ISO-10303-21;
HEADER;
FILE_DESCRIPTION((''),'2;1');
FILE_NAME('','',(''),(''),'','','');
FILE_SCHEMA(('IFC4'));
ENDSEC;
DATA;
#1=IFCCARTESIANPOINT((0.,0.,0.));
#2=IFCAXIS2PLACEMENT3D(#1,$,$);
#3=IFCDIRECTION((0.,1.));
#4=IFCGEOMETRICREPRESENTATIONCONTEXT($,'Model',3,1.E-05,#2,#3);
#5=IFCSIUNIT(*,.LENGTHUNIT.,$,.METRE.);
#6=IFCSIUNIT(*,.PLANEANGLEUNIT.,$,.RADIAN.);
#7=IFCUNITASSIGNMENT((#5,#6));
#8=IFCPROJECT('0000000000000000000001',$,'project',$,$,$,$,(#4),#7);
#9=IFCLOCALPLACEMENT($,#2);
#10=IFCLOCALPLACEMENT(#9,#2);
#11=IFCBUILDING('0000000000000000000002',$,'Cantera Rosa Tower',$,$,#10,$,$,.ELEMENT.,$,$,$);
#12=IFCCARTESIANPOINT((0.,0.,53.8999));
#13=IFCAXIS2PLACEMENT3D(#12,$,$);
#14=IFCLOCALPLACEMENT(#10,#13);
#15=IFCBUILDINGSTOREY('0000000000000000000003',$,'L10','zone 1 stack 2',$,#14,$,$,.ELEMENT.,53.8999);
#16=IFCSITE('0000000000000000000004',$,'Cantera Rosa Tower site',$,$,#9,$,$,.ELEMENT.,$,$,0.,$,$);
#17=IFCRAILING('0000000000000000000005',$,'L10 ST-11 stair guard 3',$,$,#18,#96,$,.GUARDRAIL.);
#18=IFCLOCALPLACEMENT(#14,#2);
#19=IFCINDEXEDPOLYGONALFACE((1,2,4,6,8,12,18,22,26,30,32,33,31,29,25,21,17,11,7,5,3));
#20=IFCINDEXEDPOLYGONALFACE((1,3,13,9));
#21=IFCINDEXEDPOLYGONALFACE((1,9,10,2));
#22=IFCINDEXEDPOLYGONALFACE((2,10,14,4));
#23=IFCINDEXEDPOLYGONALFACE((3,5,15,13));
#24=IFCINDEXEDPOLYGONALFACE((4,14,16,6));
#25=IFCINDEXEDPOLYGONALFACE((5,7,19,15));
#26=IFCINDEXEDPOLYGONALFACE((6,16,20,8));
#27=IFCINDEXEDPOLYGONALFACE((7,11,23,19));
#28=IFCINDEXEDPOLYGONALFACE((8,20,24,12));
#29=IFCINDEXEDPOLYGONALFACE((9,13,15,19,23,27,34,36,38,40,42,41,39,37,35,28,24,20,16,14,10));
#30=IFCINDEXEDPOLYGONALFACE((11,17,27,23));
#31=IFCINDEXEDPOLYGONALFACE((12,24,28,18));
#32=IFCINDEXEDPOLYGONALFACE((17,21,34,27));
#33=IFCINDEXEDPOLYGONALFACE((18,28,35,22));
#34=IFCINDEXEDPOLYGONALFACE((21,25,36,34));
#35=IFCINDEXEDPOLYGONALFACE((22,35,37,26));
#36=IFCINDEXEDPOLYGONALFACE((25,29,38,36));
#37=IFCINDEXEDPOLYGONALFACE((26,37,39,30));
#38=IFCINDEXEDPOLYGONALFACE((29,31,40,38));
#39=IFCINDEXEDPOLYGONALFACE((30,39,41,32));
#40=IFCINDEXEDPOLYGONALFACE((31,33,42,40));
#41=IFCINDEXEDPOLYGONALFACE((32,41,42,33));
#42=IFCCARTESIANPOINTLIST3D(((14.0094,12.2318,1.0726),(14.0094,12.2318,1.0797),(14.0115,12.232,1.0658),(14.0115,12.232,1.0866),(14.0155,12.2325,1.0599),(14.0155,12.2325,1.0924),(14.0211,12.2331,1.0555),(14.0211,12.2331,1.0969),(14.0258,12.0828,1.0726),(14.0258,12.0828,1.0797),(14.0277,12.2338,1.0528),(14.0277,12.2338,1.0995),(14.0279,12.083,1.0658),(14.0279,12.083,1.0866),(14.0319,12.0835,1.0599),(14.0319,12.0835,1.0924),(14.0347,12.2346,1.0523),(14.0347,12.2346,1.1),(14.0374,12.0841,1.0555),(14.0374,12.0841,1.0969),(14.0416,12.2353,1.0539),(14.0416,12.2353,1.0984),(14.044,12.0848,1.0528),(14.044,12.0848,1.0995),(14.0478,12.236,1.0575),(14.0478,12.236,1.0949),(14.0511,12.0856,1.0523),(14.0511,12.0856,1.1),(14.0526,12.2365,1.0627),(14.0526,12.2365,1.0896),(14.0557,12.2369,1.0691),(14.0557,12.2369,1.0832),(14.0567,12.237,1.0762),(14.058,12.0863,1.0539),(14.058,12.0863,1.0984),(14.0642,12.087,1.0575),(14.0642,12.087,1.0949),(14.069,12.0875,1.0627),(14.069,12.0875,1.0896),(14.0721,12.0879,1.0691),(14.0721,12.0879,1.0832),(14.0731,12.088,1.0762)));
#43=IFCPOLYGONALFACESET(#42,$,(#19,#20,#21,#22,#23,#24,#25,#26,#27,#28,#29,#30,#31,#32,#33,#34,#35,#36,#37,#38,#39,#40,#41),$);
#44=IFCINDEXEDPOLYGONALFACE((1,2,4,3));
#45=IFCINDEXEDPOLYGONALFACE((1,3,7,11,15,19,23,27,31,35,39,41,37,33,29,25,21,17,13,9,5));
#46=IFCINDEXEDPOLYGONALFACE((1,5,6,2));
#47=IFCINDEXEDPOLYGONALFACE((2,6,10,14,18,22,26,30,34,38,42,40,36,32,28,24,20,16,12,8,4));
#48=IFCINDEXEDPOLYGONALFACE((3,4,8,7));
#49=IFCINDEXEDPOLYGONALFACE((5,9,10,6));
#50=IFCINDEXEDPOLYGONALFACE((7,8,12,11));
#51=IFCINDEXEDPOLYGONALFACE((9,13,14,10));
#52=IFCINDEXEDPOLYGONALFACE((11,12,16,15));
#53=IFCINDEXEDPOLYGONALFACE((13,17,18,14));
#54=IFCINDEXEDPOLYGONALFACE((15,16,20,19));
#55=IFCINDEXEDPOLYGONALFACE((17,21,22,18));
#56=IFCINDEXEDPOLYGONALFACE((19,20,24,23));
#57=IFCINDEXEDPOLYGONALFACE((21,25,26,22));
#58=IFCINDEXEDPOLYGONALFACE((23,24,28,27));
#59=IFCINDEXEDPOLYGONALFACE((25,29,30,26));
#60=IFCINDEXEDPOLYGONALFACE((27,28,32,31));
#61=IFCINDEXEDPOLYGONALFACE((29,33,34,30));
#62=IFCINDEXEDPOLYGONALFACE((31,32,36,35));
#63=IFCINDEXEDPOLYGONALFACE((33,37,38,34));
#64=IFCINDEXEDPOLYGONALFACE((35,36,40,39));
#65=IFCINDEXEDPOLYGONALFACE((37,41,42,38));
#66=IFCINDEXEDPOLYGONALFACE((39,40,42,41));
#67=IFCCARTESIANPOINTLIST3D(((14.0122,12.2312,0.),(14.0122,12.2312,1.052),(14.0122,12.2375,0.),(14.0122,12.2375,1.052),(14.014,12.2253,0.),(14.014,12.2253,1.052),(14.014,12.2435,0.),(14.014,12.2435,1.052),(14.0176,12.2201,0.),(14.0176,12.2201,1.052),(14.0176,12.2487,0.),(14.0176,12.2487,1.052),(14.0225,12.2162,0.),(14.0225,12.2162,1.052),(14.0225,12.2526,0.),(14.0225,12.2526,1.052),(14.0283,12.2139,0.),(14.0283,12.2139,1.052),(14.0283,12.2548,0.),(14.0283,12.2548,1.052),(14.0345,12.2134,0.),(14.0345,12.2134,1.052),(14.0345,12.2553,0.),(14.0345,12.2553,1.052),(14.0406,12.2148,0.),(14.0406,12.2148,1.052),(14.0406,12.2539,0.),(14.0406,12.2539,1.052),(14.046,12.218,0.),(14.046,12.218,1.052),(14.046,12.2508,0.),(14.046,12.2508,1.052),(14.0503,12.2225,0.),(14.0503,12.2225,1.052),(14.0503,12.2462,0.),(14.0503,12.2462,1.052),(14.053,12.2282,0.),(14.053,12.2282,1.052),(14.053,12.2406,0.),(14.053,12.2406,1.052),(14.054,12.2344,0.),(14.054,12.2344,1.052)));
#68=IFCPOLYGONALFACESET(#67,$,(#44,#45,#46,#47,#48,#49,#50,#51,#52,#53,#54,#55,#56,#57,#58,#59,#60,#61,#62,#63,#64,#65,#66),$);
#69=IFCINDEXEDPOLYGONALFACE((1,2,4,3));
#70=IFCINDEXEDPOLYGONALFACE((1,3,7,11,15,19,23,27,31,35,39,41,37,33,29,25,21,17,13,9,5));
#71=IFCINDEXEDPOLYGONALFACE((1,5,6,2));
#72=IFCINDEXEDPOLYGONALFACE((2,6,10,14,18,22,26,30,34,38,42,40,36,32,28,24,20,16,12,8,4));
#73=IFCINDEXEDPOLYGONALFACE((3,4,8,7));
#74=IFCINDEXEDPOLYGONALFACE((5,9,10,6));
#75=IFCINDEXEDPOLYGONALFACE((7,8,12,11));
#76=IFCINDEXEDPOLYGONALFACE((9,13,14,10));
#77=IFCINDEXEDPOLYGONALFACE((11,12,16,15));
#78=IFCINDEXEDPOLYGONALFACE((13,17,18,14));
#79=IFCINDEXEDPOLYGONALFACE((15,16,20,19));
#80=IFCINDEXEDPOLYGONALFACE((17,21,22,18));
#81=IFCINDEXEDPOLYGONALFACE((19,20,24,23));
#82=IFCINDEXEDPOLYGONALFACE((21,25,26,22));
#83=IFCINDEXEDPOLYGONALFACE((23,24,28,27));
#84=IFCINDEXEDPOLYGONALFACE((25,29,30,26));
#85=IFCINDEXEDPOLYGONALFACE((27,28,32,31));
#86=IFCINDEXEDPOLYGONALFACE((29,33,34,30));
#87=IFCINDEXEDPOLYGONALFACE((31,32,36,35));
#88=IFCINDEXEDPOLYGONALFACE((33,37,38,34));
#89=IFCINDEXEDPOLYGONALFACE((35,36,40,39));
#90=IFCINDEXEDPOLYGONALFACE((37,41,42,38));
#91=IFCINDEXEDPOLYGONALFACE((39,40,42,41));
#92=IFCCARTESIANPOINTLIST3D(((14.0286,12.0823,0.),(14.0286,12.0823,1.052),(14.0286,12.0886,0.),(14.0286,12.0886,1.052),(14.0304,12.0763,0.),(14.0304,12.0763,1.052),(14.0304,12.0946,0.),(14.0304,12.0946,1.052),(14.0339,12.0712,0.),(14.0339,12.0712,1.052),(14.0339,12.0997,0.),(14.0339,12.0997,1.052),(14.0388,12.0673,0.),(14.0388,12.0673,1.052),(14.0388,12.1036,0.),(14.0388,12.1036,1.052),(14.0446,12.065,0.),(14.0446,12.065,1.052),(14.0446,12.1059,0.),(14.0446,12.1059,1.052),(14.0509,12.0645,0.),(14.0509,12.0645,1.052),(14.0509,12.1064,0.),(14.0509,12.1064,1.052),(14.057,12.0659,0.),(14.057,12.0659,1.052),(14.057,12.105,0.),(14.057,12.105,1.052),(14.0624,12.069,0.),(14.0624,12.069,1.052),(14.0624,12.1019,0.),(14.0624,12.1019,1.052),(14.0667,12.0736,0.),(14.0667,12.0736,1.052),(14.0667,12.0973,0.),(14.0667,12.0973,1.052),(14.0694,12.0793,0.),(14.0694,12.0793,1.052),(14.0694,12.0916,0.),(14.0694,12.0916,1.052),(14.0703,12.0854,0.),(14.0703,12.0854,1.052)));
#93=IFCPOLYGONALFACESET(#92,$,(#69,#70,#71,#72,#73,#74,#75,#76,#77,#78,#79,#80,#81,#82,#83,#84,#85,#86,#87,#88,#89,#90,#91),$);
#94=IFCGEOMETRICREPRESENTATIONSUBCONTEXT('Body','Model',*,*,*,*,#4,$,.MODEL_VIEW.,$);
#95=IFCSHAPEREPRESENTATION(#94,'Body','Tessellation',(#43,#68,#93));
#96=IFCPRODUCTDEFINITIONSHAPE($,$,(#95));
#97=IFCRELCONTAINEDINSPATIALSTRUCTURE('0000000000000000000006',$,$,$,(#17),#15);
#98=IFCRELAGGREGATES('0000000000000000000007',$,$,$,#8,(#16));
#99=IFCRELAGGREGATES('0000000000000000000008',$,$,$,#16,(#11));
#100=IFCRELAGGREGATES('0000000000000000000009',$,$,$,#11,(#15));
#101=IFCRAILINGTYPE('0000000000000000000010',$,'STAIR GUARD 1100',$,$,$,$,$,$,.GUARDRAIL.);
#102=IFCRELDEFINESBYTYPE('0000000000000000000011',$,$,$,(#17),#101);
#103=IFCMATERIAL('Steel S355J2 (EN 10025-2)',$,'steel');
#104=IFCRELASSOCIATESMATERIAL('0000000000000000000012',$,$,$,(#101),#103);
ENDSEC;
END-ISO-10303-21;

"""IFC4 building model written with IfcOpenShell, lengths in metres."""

from ifc_helpers import new_model, si_unit, direction, frame, origin, origin_2d, place, context, subcontext, project, spatial, circle, extrude, material, type_object, element, save


model = new_model("IFC4")

# Units and contexts
model_context = context("Model", 3, precision=1e-05, world=origin(), true_north=direction((0.0, 1.0)))
body_context = subcontext(model_context, "Body", "Model", "MODEL_VIEW")
ifc_project = project(units=[si_unit("LENGTHUNIT", "METRE"), si_unit("PLANEANGLEUNIT", "RADIAN")], contexts=[model_context])

# Site, building, storey
site_placement = place(None, origin())
site = spatial("IfcSite", under=ifc_project, at=site_placement, Name="Cantera Rosa Tower site", CompositionType="ELEMENT", RefElevation=0.0)
building_placement = place(site_placement, origin())
building = spatial("IfcBuilding", under=site, at=building_placement, Name="Cantera Rosa Tower", CompositionType="ELEMENT")
storey_placement = place(building_placement, frame((0.0, 0.0, 53.8999)))
storey = spatial("IfcBuildingStorey", under=building, at=storey_placement, Name="L10", Description="zone 1 stack 2", CompositionType="ELEMENT", Elevation=53.8999)

# Railing
ifc_material_1 = material(Name="Steel S355J2 (EN 10025-2)", Category="steel")
railing_type_1 = type_object("IfcRailingType", Name="STAIR GUARD 1100", PredefinedType="GUARDRAIL", material=ifc_material_1)
railing_1_placement = place(storey_placement, frame((14.033, 12.2344, 0.0)))
element("IfcRailing", 1, at=railing_1_placement, inside=storey, type_object=railing_type_1, Name="L10 ST-11 stair guard 3", PredefinedType="GUARDRAIL", context=body_context, shape_type="SweptSolid", body=[
    extrude(circle(Radius=0.0239, at=origin_2d()), frame((0.0, 0.0, 1.0762), z_axis=(0.109179, -0.994022, 0.0), x_axis=(0.994022, 0.109179, 0.0)), (0.0, 0.0, 1.0), 0.1499),
    extrude(circle(Radius=0.021, at=origin_2d()), origin(), (0.0, 0.0, 1.0), 1.052),
    extrude(circle(Radius=0.021, at=origin_2d()), frame((0.0164, -0.1489, 0.0)), (0.0, 0.0, 1.0), 1.052),
])

save(model, "model.ifc")
